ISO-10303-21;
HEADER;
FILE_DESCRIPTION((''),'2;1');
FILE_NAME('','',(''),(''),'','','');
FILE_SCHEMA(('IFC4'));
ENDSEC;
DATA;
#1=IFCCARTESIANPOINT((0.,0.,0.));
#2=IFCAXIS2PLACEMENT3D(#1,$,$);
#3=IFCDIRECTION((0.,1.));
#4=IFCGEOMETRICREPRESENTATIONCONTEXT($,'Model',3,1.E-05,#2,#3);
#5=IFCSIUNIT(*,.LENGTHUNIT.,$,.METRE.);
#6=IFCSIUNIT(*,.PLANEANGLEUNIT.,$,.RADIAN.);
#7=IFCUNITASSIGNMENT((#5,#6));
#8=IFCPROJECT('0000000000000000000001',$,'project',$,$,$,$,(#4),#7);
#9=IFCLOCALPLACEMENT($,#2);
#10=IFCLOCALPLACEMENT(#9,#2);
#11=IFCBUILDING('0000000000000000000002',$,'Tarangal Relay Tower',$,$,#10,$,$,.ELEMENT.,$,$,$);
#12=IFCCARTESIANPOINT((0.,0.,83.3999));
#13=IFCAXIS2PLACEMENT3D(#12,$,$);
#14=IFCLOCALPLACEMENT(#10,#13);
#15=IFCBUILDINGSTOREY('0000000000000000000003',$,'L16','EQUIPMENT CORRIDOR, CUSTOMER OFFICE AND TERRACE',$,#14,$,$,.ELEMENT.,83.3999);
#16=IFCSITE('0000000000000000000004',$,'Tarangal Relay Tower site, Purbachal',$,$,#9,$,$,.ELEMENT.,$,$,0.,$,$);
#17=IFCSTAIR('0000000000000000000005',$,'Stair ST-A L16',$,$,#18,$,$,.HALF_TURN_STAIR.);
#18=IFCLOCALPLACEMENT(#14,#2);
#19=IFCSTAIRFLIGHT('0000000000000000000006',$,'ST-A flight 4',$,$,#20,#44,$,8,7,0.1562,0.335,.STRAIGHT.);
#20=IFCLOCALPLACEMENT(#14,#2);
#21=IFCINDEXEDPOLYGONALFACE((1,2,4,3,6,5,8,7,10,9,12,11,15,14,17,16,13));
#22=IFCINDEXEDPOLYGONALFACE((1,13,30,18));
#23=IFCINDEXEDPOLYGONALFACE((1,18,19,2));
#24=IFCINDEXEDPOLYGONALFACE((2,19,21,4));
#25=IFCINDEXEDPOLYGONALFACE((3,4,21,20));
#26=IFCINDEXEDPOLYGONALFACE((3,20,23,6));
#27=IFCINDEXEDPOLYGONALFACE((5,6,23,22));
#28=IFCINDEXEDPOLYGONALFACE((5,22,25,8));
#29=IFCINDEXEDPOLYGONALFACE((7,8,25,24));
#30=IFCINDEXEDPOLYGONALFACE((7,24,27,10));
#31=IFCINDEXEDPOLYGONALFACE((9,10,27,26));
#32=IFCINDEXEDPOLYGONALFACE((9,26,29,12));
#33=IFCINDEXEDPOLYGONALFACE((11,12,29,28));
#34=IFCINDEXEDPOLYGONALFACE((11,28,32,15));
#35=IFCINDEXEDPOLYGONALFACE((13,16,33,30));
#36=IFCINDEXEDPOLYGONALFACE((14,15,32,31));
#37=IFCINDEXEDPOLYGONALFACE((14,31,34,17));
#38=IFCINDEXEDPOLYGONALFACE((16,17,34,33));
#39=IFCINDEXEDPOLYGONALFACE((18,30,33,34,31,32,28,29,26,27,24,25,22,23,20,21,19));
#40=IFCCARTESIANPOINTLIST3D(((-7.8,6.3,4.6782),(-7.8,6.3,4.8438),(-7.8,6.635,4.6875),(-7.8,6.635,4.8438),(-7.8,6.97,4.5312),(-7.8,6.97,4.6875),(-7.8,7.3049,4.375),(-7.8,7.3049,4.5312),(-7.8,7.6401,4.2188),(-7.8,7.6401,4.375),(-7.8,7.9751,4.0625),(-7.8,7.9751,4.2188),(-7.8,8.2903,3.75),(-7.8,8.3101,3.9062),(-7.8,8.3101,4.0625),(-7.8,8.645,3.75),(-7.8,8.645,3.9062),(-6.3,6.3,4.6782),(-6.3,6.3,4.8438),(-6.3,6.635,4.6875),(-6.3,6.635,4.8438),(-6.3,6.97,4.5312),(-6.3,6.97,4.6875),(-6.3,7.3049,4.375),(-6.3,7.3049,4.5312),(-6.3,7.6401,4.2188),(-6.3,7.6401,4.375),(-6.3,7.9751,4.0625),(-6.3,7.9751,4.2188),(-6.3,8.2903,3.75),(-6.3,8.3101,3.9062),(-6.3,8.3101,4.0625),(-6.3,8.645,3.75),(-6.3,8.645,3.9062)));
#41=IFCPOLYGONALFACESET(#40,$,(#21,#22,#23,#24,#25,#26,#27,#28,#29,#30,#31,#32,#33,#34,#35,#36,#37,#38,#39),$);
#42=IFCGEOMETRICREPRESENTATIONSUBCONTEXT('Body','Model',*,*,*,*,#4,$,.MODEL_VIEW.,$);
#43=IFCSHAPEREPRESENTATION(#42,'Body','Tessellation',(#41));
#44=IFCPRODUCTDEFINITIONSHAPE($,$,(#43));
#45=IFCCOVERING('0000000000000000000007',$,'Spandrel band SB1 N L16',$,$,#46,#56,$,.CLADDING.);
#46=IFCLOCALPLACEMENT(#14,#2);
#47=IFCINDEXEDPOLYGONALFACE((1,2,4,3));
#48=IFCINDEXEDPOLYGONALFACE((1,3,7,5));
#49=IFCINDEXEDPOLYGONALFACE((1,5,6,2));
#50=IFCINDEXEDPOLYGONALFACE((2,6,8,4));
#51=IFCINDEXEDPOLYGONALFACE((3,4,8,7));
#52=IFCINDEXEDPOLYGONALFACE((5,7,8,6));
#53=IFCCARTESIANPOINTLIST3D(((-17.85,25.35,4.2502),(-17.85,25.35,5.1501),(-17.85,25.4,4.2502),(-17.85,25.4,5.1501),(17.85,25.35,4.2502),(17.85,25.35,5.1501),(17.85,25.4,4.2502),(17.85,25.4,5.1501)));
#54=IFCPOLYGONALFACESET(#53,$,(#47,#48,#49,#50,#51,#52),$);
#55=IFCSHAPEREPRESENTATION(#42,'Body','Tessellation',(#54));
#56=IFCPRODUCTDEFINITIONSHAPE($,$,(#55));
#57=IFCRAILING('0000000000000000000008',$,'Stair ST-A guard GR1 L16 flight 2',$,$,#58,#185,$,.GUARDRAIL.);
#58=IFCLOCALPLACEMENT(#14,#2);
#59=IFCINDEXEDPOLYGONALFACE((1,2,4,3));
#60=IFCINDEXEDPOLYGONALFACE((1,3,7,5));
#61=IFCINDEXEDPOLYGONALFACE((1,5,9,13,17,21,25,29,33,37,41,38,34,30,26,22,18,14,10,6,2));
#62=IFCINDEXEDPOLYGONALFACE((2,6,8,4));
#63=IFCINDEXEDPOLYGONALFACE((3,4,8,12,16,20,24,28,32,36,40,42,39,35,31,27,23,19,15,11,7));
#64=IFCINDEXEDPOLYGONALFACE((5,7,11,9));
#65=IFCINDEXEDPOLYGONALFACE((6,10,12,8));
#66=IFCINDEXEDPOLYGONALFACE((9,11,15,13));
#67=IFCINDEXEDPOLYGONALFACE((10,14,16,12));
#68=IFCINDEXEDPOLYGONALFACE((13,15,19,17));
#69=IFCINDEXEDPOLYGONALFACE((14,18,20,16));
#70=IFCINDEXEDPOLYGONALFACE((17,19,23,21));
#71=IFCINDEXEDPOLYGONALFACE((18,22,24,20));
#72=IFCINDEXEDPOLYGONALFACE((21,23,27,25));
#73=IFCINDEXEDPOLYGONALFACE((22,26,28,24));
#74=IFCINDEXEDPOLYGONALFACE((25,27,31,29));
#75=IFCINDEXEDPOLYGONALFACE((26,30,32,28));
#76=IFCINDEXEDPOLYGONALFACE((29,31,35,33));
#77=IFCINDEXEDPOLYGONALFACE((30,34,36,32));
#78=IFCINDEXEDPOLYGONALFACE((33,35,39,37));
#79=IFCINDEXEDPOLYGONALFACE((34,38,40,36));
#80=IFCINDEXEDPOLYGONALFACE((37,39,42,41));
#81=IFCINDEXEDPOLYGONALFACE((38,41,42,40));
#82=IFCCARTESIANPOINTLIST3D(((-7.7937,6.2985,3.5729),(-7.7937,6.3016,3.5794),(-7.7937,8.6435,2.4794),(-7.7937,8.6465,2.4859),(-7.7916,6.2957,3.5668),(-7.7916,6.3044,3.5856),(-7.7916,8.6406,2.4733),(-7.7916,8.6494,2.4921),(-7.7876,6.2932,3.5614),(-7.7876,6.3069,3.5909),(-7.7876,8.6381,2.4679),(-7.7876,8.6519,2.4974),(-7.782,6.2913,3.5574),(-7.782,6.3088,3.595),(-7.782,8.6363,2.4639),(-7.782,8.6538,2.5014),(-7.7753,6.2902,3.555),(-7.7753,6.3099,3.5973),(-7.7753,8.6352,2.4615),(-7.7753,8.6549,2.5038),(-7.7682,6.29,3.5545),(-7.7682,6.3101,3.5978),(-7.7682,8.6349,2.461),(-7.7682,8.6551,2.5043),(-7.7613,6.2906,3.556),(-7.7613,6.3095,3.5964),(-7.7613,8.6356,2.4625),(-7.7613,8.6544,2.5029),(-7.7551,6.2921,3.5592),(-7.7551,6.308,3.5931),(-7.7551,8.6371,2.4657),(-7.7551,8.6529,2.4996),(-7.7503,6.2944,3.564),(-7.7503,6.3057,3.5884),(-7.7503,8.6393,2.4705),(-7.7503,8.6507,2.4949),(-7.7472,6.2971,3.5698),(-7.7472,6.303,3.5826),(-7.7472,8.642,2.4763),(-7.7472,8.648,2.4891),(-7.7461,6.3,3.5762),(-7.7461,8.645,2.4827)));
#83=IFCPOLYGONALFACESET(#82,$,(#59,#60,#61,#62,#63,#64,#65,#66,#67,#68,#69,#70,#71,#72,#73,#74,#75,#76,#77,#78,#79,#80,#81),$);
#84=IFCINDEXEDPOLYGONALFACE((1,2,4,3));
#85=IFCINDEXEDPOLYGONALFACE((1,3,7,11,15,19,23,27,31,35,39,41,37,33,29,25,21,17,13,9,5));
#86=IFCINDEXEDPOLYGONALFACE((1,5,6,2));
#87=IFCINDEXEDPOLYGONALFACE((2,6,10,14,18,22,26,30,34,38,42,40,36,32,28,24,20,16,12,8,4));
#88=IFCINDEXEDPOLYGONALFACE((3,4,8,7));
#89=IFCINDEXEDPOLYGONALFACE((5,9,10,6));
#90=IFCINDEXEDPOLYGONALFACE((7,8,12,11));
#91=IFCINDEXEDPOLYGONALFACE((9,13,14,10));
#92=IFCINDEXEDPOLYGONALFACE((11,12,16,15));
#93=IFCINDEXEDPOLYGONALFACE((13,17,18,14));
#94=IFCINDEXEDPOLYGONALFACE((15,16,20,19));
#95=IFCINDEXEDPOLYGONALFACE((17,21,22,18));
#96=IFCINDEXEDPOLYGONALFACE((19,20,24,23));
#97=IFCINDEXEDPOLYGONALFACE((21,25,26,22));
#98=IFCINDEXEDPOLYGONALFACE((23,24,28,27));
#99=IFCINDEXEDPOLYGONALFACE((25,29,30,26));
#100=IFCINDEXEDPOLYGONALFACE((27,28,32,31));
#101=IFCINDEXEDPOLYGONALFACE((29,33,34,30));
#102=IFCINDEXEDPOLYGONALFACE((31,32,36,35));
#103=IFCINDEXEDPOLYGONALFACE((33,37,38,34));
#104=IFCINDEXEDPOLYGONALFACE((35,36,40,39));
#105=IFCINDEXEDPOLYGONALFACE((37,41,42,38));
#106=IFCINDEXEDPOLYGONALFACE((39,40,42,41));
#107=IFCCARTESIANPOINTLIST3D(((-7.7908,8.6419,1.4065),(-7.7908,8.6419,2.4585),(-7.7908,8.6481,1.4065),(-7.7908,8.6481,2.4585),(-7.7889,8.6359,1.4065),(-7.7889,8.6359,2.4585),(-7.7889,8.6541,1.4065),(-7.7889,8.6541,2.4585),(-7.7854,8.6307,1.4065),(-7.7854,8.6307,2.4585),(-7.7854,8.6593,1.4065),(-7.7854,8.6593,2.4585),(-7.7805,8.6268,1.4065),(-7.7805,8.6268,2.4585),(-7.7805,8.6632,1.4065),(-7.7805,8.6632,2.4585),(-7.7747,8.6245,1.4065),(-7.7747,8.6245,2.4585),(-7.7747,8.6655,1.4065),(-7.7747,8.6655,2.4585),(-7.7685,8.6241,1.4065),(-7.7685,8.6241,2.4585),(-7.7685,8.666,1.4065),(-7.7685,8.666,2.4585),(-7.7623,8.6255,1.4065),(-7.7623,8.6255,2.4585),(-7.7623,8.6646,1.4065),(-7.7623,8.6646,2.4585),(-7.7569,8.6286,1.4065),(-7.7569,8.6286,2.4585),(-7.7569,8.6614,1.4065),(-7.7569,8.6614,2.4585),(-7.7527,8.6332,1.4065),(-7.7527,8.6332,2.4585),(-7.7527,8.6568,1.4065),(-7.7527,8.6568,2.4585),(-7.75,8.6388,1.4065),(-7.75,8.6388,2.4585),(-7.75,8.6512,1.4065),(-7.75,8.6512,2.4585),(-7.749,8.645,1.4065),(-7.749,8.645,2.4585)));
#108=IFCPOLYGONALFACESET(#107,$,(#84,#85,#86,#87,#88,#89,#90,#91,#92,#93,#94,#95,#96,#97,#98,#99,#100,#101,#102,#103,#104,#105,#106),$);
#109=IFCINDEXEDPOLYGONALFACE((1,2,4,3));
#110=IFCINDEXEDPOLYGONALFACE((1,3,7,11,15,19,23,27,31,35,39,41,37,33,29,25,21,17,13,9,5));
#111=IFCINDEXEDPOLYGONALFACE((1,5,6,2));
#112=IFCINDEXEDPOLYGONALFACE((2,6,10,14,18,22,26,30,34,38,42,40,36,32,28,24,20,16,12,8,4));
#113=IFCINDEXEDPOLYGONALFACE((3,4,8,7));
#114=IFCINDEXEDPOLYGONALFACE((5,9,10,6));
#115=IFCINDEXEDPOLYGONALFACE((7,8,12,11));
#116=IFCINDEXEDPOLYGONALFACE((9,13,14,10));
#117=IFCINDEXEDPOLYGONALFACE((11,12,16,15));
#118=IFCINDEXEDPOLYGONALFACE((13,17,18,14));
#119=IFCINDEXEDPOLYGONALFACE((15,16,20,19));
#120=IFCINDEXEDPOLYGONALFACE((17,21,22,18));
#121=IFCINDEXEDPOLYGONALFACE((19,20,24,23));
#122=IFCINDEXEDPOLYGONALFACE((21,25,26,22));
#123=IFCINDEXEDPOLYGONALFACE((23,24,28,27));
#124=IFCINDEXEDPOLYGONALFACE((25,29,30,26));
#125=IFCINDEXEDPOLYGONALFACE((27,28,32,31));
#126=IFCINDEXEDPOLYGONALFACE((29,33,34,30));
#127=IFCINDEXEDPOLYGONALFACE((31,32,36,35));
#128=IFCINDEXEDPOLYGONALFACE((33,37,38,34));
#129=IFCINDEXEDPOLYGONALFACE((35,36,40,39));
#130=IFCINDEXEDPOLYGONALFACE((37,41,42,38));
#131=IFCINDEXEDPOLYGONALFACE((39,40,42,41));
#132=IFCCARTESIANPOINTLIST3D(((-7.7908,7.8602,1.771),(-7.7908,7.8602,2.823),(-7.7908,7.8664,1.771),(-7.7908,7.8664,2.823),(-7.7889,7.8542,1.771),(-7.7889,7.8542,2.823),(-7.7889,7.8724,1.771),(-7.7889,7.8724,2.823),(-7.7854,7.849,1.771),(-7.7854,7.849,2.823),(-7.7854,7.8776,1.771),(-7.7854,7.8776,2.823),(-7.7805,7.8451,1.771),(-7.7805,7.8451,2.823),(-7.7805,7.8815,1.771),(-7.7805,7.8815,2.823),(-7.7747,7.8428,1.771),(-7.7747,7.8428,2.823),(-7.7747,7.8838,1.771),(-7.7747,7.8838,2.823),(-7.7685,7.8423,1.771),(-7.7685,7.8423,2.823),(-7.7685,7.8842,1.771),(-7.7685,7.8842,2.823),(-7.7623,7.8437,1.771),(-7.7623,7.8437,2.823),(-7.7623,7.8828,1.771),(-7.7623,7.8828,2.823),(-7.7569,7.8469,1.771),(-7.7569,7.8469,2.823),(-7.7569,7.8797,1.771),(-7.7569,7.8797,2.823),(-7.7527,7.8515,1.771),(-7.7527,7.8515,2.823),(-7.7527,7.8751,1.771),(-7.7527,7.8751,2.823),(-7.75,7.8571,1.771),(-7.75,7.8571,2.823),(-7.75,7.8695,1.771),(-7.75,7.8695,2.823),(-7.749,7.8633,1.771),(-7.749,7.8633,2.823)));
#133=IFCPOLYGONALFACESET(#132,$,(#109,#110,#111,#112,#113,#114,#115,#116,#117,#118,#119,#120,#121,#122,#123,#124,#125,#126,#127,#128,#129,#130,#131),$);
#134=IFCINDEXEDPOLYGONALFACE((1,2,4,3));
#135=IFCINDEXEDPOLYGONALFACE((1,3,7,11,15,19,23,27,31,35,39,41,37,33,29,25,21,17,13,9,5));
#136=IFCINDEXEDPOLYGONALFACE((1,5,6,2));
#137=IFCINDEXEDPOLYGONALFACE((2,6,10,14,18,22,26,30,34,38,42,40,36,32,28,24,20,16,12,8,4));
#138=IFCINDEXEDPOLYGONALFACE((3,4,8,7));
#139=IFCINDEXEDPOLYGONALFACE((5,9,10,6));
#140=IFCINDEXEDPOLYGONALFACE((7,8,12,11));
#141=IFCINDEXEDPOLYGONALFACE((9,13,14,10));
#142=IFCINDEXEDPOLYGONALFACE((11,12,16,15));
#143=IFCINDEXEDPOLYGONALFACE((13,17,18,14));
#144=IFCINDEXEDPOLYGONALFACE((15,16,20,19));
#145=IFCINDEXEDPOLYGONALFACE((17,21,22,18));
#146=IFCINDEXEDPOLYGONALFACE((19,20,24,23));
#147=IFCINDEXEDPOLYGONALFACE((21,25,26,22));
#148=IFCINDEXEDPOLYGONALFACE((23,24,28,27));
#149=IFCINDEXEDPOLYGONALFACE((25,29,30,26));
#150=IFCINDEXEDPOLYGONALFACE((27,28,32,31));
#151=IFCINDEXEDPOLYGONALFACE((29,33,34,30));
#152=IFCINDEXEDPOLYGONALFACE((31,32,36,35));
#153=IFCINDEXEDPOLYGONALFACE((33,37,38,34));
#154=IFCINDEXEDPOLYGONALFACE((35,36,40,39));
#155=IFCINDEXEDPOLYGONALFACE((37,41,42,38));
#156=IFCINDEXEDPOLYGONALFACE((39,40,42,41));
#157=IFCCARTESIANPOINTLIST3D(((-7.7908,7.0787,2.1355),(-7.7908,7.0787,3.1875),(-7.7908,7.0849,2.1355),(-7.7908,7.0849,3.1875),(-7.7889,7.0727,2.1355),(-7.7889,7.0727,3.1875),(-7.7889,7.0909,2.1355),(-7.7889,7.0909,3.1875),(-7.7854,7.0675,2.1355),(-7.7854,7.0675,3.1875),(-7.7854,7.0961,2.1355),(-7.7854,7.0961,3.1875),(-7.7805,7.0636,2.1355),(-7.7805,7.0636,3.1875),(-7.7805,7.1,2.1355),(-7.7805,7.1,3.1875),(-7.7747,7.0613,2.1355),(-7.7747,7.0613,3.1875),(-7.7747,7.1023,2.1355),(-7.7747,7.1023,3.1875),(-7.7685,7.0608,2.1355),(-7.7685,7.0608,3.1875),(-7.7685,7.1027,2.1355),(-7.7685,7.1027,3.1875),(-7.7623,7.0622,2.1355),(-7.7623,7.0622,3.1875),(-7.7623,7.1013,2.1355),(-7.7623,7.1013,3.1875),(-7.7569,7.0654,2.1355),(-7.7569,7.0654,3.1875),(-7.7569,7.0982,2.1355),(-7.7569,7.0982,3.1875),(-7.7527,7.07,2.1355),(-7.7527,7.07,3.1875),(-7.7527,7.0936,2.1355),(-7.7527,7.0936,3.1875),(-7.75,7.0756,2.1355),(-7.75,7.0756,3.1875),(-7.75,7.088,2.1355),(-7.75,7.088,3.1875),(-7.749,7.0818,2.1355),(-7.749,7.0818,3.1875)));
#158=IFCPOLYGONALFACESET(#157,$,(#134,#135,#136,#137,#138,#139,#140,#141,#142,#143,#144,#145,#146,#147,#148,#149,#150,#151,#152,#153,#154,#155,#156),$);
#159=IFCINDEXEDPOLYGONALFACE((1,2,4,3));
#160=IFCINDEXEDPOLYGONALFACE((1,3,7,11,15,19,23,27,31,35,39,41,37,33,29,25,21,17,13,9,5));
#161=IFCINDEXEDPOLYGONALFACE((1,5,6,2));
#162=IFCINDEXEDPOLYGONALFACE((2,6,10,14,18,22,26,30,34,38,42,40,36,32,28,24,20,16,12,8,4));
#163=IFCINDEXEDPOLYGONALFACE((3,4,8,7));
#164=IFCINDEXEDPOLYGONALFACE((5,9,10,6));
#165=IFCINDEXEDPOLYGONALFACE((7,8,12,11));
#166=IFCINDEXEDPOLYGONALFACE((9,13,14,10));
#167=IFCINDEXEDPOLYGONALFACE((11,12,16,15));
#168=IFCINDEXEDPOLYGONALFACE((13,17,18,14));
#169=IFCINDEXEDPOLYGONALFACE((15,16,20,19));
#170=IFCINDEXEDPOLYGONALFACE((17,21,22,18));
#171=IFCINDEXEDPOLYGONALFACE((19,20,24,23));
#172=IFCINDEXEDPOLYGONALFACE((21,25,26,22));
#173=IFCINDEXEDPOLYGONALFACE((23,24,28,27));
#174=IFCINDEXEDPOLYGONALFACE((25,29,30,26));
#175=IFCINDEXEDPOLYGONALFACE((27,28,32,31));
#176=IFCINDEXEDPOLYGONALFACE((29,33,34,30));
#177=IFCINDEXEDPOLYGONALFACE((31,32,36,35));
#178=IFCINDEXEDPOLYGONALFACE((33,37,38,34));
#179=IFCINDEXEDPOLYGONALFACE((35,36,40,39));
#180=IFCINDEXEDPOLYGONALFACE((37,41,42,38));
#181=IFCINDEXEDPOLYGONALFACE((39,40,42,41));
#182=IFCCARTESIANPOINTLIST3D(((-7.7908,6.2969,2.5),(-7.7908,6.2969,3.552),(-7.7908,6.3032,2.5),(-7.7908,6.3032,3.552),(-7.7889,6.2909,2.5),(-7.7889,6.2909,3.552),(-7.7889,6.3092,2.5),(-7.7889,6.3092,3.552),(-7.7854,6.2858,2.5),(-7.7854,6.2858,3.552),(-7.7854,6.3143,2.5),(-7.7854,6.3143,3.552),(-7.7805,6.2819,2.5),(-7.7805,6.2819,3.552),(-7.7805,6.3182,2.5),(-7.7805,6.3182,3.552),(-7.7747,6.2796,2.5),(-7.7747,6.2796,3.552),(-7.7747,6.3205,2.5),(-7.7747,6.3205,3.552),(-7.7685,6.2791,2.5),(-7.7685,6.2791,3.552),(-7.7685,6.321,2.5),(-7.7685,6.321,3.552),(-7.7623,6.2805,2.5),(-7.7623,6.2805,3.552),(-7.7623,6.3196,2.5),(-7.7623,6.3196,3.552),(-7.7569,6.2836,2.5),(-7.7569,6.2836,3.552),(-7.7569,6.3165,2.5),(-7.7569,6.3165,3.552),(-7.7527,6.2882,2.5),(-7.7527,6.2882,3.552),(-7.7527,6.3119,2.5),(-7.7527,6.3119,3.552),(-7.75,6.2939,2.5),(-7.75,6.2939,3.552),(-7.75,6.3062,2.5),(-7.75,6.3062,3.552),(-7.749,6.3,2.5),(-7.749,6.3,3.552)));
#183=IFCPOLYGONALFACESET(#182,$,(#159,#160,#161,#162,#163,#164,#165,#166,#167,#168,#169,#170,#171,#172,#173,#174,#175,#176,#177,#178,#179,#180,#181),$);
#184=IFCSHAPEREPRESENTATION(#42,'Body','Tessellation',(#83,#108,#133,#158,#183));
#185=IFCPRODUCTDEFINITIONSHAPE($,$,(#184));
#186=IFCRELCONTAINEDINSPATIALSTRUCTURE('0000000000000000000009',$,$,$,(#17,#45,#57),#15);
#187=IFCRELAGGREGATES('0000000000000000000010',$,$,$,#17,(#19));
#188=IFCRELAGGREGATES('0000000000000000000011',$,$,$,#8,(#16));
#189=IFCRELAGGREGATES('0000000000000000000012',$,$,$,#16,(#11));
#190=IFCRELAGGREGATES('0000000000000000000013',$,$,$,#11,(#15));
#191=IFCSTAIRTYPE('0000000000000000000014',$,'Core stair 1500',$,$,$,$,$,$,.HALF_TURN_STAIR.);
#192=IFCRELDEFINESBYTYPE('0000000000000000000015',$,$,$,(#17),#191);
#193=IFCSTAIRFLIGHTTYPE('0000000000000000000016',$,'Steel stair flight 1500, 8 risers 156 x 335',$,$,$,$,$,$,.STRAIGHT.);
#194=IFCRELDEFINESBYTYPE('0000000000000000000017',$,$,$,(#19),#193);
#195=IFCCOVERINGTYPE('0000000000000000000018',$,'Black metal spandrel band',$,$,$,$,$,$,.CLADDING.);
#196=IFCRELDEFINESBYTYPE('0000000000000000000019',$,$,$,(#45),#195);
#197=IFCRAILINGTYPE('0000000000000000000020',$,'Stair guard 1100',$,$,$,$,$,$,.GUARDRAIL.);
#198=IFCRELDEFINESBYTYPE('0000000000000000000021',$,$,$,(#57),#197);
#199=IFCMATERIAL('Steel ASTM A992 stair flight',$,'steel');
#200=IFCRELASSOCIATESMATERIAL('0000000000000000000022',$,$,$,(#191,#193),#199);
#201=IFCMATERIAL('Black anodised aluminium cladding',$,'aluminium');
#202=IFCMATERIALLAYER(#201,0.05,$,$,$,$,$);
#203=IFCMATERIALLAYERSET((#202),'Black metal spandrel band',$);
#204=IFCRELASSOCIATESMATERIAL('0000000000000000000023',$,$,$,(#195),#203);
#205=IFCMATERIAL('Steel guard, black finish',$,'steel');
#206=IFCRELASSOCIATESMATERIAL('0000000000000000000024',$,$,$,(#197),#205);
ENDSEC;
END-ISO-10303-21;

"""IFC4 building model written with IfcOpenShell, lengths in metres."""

from ifc_helpers import new_model, si_unit, direction, frame, origin, origin_2d, place, context, subcontext, project, spatial, polyline, rectangle, circle, outline, extrude, material, layer, layer_set, type_object, element, aggregate, save


model = new_model("IFC4")

# Units and contexts
model_context = context("Model", 3, precision=1e-05, world=origin(), true_north=direction((0.0, 1.0)))
body_context = subcontext(model_context, "Body", "Model", "MODEL_VIEW")
ifc_project = project(units=[si_unit("LENGTHUNIT", "METRE"), si_unit("PLANEANGLEUNIT", "RADIAN")], contexts=[model_context])

# Site, building, storey
site_placement = place(None, origin())
site = spatial("IfcSite", under=ifc_project, at=site_placement, Name="Tarangal Relay Tower site, Purbachal", CompositionType="ELEMENT", RefElevation=0.0)
building_placement = place(site_placement, origin())
building = spatial("IfcBuilding", under=site, at=building_placement, Name="Tarangal Relay Tower", CompositionType="ELEMENT")
storey_placement = place(building_placement, frame((0.0, 0.0, 83.3999)))
storey = spatial("IfcBuildingStorey", under=building, at=storey_placement, Name="L16", Description="EQUIPMENT CORRIDOR, CUSTOMER OFFICE AND TERRACE", CompositionType="ELEMENT", Elevation=83.3999)

# Stair, stair flight
ifc_material_1 = material(Name="Steel ASTM A992 stair flight", Category="steel")
stair_type = type_object("IfcStairType", Name="Core stair 1500", PredefinedType="HALF_TURN_STAIR", material=ifc_material_1)
stair_placement = place(storey_placement, origin())
stair = element("IfcStair", 1, at=stair_placement, inside=storey, type_object=stair_type, Name="Stair ST-A L16", PredefinedType="HALF_TURN_STAIR")
stair_flight_type = type_object("IfcStairFlightType", Name="Steel stair flight 1500, 8 risers 156 x 335", PredefinedType="STRAIGHT", material=ifc_material_1)
stair_flight_1_placement = place(storey_placement, frame((-7.05, 8.645, 3.75), z_axis=(0.0, 0.0, 1.0), x_axis=(0.0, -1.0, 0.0)))
stair_flight_1 = element("IfcStairFlight", 2, at=stair_flight_1_placement, type_object=stair_flight_type, Name="ST-A flight 4", NumberOfRisers=8, NumberOfTreads=7, PredefinedType="STRAIGHT", RiserHeight=0.1562, TreadLength=0.335, context=body_context, shape_type="SweptSolid", body=[
    extrude(outline(polyline([(0.0, 0.0), (0.0, 0.1562), (0.335, 0.1562), (0.335, 0.3125), (0.6699, 0.3125), (0.6699, 0.4688), (1.0049, 0.4688), (1.0049, 0.625), (1.3401, 0.625), (1.3401, 0.7812), (1.675, 0.7812), (1.675, 0.9375), (2.01, 0.9375), (2.01, 1.0938), (2.345, 1.0938), (2.345, 1.25), (2.345, 0.9282), (0.3547, 0.0), (0.0, 0.0)])), frame((0.0, 0.75, 0.0), z_axis=(0.0, -1.0, 0.0), x_axis=(1.0, 0.0, 0.0)), (0.0, 0.0, 1.0), 1.5),
])
aggregate(stair, [stair_flight_1])

# Covering
ifc_material_2 = material(Name="Black anodised aluminium cladding", Category="aluminium")
ifc_layer_1 = layer(ifc_material_2, 0.05)
ifc_layer_set_1 = layer_set([ifc_layer_1], Name="Black metal spandrel band")
covering_type = type_object("IfcCoveringType", Name="Black metal spandrel band", PredefinedType="CLADDING", material=ifc_layer_set_1)
covering_placement = place(storey_placement, frame((0.0, 25.375, 4.2502), z_axis=(0.0, 0.0, 1.0), x_axis=(1.0, 0.0, 0.0)))
element("IfcCovering", 3, at=covering_placement, inside=storey, type_object=covering_type, Name="Spandrel band SB1 N L16", PredefinedType="CLADDING", context=body_context, shape_type="SweptSolid", body=[
    extrude(rectangle(XDim=35.7, YDim=0.05, at=origin_2d()), origin(), (0.0, 0.0, 1.0), 0.8999),
])

# Railing
ifc_material_3 = material(Name="Steel guard, black finish", Category="steel")
railing_type_1 = type_object("IfcRailingType", Name="Stair guard 1100", PredefinedType="GUARDRAIL", material=ifc_material_3)
for number, where, name in (
    (4, (-7.77, 8.645, 1.4065), "Stair ST-A guard GR1 L16 flight 2"),
):
    element("IfcRailing", number, at=place(storey_placement, frame(where)), inside=storey, type_object=railing_type_1, Name=name, PredefinedType="GUARDRAIL", context=body_context, shape_type="SweptSolid", body=[
        extrude(circle(Radius=0.0239, at=origin_2d()), frame((0.0, 0.0, 1.0762), z_axis=(0.0, -0.906304, 0.422627), x_axis=(1.0, 0.0, 0.0)), (0.0, 0.0, 1.0), 2.5874),
        extrude(circle(Radius=0.021, at=origin_2d()), origin(), (0.0, 0.0, 1.0), 1.052),
        extrude(circle(Radius=0.021, at=origin_2d()), frame((0.0, -0.7817, 0.3645)), (0.0, 0.0, 1.0), 1.052),
        extrude(circle(Radius=0.021, at=origin_2d()), frame((0.0, -1.5632, 0.729)), (0.0, 0.0, 1.0), 1.052),
        extrude(circle(Radius=0.021, at=origin_2d()), frame((0.0, -2.345, 1.0935)), (0.0, 0.0, 1.0), 1.052),
    ])

save(model, "model.ifc")
